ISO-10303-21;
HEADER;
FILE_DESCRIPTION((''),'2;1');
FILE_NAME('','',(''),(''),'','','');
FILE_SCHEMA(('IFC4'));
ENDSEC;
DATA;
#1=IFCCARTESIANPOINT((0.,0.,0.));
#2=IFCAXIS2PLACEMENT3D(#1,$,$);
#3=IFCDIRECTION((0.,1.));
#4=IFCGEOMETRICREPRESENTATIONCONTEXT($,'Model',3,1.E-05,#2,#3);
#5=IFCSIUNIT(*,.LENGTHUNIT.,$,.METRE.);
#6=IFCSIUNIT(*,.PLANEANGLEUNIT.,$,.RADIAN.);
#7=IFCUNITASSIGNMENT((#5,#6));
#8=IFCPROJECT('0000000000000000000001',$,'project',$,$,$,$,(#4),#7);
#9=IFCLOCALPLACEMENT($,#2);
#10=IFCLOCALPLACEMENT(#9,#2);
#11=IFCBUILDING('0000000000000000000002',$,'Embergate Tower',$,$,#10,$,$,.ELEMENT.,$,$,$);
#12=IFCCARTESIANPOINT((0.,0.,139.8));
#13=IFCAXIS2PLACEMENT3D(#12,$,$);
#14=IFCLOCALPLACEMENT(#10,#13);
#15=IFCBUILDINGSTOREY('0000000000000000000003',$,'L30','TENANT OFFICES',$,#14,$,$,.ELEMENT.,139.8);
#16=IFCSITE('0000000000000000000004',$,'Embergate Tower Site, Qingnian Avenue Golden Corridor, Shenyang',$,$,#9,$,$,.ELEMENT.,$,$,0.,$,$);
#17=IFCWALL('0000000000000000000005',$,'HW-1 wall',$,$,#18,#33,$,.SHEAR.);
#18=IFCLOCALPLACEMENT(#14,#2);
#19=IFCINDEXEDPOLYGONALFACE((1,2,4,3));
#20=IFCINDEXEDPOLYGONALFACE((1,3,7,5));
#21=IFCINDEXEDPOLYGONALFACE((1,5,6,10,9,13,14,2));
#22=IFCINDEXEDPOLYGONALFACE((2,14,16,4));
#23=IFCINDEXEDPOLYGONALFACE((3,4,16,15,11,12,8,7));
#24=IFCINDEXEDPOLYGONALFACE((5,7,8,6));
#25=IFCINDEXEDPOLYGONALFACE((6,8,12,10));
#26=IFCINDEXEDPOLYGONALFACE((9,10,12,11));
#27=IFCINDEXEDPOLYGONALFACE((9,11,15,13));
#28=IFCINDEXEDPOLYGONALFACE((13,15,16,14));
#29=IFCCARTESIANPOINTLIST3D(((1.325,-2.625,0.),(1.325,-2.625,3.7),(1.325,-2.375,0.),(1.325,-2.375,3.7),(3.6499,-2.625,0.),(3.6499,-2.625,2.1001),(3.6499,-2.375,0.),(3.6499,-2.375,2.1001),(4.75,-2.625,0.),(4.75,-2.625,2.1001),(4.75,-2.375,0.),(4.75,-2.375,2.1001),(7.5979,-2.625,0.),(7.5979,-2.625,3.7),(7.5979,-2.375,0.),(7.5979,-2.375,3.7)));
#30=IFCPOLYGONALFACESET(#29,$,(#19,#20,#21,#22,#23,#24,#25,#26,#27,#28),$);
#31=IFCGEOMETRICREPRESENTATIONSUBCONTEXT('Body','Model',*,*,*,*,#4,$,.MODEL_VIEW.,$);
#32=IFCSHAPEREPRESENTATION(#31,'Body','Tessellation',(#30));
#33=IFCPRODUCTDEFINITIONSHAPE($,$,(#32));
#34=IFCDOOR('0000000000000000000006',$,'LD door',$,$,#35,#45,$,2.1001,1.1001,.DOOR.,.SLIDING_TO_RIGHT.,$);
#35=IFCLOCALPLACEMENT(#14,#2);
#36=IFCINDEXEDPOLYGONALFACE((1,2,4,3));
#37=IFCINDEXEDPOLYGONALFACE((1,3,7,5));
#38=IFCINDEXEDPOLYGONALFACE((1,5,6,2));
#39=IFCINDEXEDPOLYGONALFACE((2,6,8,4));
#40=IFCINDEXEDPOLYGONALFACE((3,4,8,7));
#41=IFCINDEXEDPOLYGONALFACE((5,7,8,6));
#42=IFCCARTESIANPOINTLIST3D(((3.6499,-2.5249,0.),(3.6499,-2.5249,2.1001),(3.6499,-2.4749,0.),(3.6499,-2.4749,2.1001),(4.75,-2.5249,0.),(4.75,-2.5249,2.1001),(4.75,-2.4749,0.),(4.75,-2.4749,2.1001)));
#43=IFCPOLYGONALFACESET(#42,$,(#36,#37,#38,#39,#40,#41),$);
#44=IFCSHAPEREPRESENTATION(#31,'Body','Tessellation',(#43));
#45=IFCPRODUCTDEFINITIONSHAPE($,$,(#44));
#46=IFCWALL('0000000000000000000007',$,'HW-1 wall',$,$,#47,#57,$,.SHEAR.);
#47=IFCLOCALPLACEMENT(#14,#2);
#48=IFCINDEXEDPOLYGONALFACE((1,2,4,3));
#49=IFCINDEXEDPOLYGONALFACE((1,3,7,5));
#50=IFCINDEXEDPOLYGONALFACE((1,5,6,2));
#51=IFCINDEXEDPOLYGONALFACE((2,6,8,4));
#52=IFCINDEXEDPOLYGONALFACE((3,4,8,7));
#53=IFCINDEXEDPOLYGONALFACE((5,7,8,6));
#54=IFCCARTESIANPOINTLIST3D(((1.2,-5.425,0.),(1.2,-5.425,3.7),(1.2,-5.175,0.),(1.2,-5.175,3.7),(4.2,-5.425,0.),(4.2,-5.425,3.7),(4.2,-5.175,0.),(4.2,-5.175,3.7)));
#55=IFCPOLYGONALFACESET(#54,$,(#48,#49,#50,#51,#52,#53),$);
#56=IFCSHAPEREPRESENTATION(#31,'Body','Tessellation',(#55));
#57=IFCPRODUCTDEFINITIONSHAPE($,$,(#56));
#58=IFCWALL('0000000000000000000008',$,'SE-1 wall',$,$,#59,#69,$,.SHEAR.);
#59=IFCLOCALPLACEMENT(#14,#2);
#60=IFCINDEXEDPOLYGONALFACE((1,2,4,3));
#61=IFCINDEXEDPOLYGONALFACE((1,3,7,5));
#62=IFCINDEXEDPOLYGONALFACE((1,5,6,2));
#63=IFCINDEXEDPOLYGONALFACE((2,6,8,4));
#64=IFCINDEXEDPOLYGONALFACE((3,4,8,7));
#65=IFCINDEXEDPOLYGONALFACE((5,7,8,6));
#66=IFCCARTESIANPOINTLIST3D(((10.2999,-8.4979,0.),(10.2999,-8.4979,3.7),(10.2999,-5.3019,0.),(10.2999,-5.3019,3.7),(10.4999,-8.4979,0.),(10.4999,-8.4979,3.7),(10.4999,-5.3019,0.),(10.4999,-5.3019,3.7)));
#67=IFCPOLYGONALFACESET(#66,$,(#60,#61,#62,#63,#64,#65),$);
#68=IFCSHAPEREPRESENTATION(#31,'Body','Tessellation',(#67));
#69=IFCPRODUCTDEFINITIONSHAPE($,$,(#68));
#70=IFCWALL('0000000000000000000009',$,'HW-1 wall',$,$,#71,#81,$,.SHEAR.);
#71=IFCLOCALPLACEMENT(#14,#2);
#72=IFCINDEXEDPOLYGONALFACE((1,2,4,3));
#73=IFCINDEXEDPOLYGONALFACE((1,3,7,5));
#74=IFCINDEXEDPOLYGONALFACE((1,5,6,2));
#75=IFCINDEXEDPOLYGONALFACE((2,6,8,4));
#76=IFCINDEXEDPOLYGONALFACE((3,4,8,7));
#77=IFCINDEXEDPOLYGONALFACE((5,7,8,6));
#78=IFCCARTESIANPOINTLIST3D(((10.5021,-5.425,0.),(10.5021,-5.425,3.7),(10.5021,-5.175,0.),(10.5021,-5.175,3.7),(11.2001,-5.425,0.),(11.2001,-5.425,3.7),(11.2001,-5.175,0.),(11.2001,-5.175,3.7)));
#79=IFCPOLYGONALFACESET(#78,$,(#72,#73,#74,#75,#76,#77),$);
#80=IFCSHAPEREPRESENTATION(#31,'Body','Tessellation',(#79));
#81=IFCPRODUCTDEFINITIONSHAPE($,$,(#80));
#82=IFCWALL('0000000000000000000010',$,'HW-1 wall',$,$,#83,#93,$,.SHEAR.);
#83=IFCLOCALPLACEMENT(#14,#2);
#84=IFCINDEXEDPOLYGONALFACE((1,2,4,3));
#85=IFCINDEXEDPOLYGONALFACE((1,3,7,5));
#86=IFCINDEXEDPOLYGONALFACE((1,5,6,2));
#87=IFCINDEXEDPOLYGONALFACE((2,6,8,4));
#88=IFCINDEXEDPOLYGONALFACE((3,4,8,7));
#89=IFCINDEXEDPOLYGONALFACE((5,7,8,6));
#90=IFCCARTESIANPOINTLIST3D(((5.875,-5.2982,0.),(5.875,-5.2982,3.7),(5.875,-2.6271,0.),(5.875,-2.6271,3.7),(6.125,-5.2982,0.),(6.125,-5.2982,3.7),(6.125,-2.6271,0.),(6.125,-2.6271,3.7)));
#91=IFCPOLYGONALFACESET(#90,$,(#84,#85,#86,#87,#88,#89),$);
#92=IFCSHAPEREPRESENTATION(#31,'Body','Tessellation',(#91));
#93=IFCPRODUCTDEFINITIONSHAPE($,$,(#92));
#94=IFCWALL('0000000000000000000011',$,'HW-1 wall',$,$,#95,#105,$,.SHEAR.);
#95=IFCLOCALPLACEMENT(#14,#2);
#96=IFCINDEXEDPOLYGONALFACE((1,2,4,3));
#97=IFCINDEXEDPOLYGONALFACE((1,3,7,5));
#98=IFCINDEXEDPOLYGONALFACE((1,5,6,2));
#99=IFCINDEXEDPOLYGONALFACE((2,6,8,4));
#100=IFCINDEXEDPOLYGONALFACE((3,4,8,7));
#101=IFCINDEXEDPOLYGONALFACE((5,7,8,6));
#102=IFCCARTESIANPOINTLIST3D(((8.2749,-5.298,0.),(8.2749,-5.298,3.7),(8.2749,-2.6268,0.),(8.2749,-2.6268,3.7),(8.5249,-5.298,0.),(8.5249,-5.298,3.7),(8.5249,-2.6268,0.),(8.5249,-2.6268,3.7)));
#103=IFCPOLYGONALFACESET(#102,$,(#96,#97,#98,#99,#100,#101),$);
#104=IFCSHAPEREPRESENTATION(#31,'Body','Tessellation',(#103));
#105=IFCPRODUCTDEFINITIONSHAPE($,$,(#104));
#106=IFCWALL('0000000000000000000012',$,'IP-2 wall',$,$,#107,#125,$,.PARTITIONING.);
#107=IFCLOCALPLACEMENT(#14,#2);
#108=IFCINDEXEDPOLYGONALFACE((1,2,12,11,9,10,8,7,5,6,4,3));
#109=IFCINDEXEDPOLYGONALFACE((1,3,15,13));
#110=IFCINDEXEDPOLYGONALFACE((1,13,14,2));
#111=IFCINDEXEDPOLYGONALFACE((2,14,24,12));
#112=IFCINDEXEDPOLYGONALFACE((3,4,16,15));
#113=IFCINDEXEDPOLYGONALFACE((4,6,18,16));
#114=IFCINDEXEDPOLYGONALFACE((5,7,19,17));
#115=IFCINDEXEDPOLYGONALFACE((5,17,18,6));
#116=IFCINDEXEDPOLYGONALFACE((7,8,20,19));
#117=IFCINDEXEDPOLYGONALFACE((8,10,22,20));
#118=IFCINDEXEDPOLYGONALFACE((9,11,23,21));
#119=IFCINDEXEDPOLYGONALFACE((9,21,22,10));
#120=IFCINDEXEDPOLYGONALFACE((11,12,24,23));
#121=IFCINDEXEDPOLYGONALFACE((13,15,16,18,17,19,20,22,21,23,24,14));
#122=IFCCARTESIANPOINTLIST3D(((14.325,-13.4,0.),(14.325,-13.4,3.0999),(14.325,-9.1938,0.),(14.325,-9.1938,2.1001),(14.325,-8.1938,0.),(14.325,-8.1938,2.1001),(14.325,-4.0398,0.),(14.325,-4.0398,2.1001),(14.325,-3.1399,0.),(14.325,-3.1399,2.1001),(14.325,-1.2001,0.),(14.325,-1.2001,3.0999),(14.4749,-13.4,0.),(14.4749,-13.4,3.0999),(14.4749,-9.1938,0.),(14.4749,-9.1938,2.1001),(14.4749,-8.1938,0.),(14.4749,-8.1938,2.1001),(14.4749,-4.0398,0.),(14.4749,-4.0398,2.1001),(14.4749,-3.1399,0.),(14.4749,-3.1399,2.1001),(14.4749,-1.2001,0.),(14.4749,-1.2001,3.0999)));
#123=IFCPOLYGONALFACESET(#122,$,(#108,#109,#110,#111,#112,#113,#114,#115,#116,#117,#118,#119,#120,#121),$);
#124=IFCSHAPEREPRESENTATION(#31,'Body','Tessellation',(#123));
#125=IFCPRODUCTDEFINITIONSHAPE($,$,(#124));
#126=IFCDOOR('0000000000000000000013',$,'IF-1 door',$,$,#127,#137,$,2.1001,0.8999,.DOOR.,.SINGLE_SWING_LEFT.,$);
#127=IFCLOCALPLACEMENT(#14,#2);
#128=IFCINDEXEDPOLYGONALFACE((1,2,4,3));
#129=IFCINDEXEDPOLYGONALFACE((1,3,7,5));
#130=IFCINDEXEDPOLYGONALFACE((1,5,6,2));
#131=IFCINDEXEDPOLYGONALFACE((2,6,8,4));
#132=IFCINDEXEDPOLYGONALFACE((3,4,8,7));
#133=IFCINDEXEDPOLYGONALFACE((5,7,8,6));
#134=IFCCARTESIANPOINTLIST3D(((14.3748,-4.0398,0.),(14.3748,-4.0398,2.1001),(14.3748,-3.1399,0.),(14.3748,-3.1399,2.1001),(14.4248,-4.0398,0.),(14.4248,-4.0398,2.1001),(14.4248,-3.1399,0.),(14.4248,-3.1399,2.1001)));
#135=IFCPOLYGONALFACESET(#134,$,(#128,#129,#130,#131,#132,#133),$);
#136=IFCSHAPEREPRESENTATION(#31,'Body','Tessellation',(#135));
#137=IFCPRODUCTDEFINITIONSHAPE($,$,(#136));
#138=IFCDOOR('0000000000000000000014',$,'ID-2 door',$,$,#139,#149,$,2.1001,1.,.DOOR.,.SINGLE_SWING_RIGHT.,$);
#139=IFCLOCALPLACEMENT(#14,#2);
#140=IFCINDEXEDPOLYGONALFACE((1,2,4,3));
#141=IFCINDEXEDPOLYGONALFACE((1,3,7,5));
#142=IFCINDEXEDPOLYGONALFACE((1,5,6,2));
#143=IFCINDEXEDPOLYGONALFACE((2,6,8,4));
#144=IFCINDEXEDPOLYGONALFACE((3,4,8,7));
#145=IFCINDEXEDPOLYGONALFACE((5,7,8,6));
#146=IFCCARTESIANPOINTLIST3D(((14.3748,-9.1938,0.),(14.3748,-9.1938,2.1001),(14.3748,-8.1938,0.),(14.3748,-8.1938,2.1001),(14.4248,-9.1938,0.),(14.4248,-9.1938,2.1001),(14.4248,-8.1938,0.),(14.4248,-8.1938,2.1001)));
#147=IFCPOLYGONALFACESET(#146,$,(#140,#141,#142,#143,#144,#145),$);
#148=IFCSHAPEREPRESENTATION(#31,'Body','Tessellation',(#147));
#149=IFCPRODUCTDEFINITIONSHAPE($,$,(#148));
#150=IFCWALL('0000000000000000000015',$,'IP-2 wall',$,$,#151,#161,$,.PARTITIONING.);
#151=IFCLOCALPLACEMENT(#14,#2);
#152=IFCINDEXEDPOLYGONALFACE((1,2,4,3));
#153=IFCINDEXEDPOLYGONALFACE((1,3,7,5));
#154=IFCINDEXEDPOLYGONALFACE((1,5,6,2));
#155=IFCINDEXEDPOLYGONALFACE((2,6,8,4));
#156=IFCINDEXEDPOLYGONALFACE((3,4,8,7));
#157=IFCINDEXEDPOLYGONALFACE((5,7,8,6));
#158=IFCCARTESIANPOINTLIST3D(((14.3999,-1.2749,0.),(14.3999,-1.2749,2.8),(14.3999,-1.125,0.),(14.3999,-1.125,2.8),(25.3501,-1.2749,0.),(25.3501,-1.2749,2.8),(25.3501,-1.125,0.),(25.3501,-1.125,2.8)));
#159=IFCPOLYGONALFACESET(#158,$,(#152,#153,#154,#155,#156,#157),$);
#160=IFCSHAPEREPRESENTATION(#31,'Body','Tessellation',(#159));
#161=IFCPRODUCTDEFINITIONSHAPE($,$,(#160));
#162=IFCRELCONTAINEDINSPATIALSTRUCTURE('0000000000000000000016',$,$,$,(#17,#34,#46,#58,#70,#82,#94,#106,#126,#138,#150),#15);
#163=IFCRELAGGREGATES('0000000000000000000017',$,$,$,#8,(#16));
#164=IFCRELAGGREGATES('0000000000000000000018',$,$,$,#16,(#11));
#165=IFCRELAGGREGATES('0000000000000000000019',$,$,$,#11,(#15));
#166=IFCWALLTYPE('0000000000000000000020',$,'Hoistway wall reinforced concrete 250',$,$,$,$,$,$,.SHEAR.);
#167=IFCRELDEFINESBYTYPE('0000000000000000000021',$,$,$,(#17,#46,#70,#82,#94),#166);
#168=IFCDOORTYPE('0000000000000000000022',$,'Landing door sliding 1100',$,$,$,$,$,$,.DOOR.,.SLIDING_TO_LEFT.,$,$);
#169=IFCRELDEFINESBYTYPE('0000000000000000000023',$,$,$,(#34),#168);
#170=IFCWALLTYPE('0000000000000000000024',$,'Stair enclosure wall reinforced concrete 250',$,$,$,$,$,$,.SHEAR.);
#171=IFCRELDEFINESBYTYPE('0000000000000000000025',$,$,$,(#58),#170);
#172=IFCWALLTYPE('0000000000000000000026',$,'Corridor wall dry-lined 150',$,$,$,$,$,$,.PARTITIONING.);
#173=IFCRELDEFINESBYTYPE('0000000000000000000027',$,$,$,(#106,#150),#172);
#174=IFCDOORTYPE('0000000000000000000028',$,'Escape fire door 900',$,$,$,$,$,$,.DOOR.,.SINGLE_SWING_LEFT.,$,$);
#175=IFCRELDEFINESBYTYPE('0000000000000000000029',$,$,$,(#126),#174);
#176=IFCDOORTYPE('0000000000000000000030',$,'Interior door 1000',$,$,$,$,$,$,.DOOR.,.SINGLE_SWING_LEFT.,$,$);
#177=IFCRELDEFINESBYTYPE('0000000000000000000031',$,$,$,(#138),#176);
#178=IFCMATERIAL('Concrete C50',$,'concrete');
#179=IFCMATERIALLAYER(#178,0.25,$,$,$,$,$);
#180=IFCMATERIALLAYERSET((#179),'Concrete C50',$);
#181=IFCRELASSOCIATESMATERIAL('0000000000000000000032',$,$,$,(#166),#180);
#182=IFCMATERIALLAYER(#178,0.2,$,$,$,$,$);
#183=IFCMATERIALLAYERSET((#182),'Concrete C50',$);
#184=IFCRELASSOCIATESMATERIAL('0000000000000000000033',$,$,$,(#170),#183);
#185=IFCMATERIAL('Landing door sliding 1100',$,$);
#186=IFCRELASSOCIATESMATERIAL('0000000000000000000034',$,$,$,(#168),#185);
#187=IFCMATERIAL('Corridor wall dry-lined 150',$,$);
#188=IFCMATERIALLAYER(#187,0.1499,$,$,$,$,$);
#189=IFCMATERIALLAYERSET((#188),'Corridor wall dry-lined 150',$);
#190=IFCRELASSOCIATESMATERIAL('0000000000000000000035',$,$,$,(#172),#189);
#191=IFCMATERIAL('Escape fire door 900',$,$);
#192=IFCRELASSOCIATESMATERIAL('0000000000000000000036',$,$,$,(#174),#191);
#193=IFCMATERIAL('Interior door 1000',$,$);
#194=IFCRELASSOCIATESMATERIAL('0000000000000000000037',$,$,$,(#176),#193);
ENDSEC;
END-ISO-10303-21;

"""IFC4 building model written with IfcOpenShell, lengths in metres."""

from ifc_helpers import new_model, si_unit, direction, frame, frame_2d, origin, place, context, subcontext, project, spatial, rectangle, extrude, source, transform, mapped, material, layer, layer_set, type_object, element, fill, save


model = new_model("IFC4")

# Units and contexts
model_context = context("Model", 3, precision=1e-05, world=origin(), true_north=direction((0.0, 1.0)))
body_context = subcontext(model_context, "Body", "Model", "MODEL_VIEW")
ifc_project = project(units=[si_unit("LENGTHUNIT", "METRE"), si_unit("PLANEANGLEUNIT", "RADIAN")], contexts=[model_context])

# Site, building, storey
site_placement = place(None, origin())
site = spatial("IfcSite", under=ifc_project, at=site_placement, Name="Embergate Tower Site, Qingnian Avenue Golden Corridor, Shenyang", CompositionType="ELEMENT", RefElevation=0.0)
building_placement = place(site_placement, origin())
building = spatial("IfcBuilding", under=site, at=building_placement, Name="Embergate Tower", CompositionType="ELEMENT")
storey_placement = place(building_placement, frame((0.0, 0.0, 139.8)))
storey = spatial("IfcBuildingStorey", under=building, at=storey_placement, Name="L30", Description="TENANT OFFICES", CompositionType="ELEMENT", Elevation=139.8)

# Shared definitions
ifc_material_1 = material(Name="Concrete C50", Category="concrete")
ifc_layer_1 = layer(ifc_material_1, 0.25)
ifc_layer_set_1 = layer_set([ifc_layer_1], Name="Concrete C50")
wall_type_1 = type_object("IfcWallType", Name="Hoistway wall reinforced concrete 250", PredefinedType="SHEAR", material=ifc_layer_set_1)
ifc_layer_2 = layer(ifc_material_1, 0.2)
ifc_layer_set_2 = layer_set([ifc_layer_2], Name="Concrete C50")
wall_type_2 = type_object("IfcWallType", Name="Stair enclosure wall reinforced concrete 250", PredefinedType="SHEAR", material=ifc_layer_set_2)

# Wall, opening, door
shared_shape_1 = source(origin(), body_context, "Body", "SweptSolid", [
    extrude(rectangle(XDim=1.1001, YDim=2.1001, at=frame_2d((0.55, 1.05))), frame((0.0, 0.135, 0.0), z_axis=(0.0, -1.0, 0.0), x_axis=(1.0, 0.0, 0.0)), (0.0, 0.0, 1.0), 0.27),
])
ifc_material_2 = material(Name="Landing door sliding 1100")
door_type_1 = type_object("IfcDoorType", Name="Landing door sliding 1100", OperationType="SLIDING_TO_LEFT", PredefinedType="DOOR", material=ifc_material_2)
shared_shape_2 = source(origin(), body_context, "Body", "SweptSolid", [
    extrude(rectangle(XDim=1.1001, YDim=2.1001, at=frame_2d((0.55, 1.05))), frame((0.0, 0.0249, 0.0), z_axis=(0.0, -1.0, 0.0), x_axis=(1.0, 0.0, 0.0)), (0.0, 0.0, 1.0), 0.05),
])
shared_shape_3 = source(origin(), body_context, "Body", "SweptSolid", [
    extrude(rectangle(XDim=6.2729, YDim=0.25, at=frame_2d((3.1365, 0.0))), origin(), (0.0, 0.0, 1.0), 3.7),
])
wall_1_placement = place(storey_placement, frame((7.5979, -2.5, 0.0), z_axis=(0.0, 0.0, 1.0), x_axis=(-1.0, 0.0, 0.0)))
wall_1 = element("IfcWall", 1, at=wall_1_placement, inside=storey, type_object=wall_type_1, Name="HW-1 wall", PredefinedType="SHEAR", context=body_context, shape_type="MappedRepresentation", body=[
    mapped(shared_shape_3, transform((0.0, 0.0, 0.0))),
])
opening_1_placement = place(wall_1_placement, frame((2.8479, 0.0, 0.0)))
opening_1 = element("IfcOpeningElement", 2, at=opening_1_placement, cuts=wall_1, PredefinedType="OPENING", context=body_context, shape_type="MappedRepresentation", body=[
    mapped(shared_shape_1, transform((0.0, 0.0, 0.0))),
])
door_1_placement = place(opening_1_placement, origin())
door_1 = element("IfcDoor", 3, at=door_1_placement, inside=storey, type_object=door_type_1, Name="LD door", OperationType="SLIDING_TO_RIGHT", OverallHeight=2.1001, OverallWidth=1.1001, PredefinedType="DOOR", context=body_context, shape_type="MappedRepresentation", body=[
    mapped(shared_shape_2, transform((0.0, 0.0, 0.0))),
])
fill(opening_1, door_1)

# Walls
shared_shape_4 = source(origin(), body_context, "Body", "SweptSolid", [
    extrude(rectangle(XDim=3.0, YDim=0.25, at=frame_2d((1.5, 0.0))), origin(), (0.0, 0.0, 1.0), 3.7),
])
wall_2_placement = place(storey_placement, frame((1.2, -5.3, 0.0), z_axis=(0.0, 0.0, 1.0), x_axis=(1.0, 0.0, 0.0)))
element("IfcWall", 4, at=wall_2_placement, inside=storey, type_object=wall_type_1, Name="HW-1 wall", PredefinedType="SHEAR", context=body_context, shape_type="MappedRepresentation", body=[
    mapped(shared_shape_4, transform((0.0, 0.0, 0.0))),
])
shared_shape_5 = source(origin(), body_context, "Body", "SweptSolid", [
    extrude(rectangle(XDim=3.196, YDim=0.2, at=frame_2d((1.5981, 0.0))), origin(), (0.0, 0.0, 1.0), 3.7),
])
wall_3_placement = place(storey_placement, frame((10.3999, -8.498, 0.0), z_axis=(0.0, 0.0, 1.0), x_axis=(0.0, 1.0, 0.0)))
element("IfcWall", 5, at=wall_3_placement, inside=storey, type_object=wall_type_2, Name="SE-1 wall", PredefinedType="SHEAR", context=body_context, shape_type="MappedRepresentation", body=[
    mapped(shared_shape_5, transform((0.0, 0.0, 0.0))),
])
shared_shape_6 = source(origin(), body_context, "Body", "SweptSolid", [
    extrude(rectangle(XDim=0.698, YDim=0.25, at=frame_2d((0.3491, 0.0))), origin(), (0.0, 0.0, 1.0), 3.7),
])
wall_4_placement = place(storey_placement, frame((10.502, -5.3, 0.0), z_axis=(0.0, 0.0, 1.0), x_axis=(1.0, 0.0, 0.0)))
element("IfcWall", 6, at=wall_4_placement, inside=storey, type_object=wall_type_1, Name="HW-1 wall", PredefinedType="SHEAR", context=body_context, shape_type="MappedRepresentation", body=[
    mapped(shared_shape_6, transform((0.0, 0.0, 0.0))),
])
shared_shape_7 = source(origin(), body_context, "Body", "SweptSolid", [
    extrude(rectangle(XDim=2.6711, YDim=0.25, at=frame_2d((1.3354, 0.0))), origin(), (0.0, 0.0, 1.0), 3.7),
])
for number, where, z_axis, x_axis, name in (
    (7, (6.0, -5.2981, 0.0), (0.0, 0.0, 1.0), (0.0, 1.0, 0.0), "HW-1 wall"),
    (8, (8.3999, -2.627, 0.0), (0.0, 0.0, 1.0), (0.0, -1.0, 0.0), "HW-1 wall"),
):
    element("IfcWall", number, at=place(storey_placement, frame(where, z_axis=z_axis, x_axis=x_axis)), inside=storey, type_object=wall_type_1, Name=name, PredefinedType="SHEAR", context=body_context, shape_type="MappedRepresentation", body=[
        mapped(shared_shape_7, transform((0.0, 0.0, 0.0))),
    ])

# Wall, openings, doors
ifc_material_3 = material(Name="Corridor wall dry-lined 150")
ifc_layer_3 = layer(ifc_material_3, 0.1499)
ifc_layer_set_3 = layer_set([ifc_layer_3], Name="Corridor wall dry-lined 150")
wall_type_3 = type_object("IfcWallType", Name="Corridor wall dry-lined 150", PredefinedType="PARTITIONING", material=ifc_layer_set_3)
shared_shape_8 = source(origin(), body_context, "Body", "SweptSolid", [
    extrude(rectangle(XDim=12.2, YDim=0.1499, at=frame_2d((6.1001, 0.0))), origin(), (0.0, 0.0, 1.0), 3.0999),
])
wall_5_placement = place(storey_placement, frame((14.3999, -1.2, 0.0), z_axis=(0.0, 0.0, 1.0), x_axis=(0.0, -1.0, 0.0)))
wall_5 = element("IfcWall", 9, at=wall_5_placement, inside=storey, type_object=wall_type_3, Name="IP-2 wall", PredefinedType="PARTITIONING", context=body_context, shape_type="MappedRepresentation", body=[
    mapped(shared_shape_8, transform((0.0, 0.0, 0.0))),
])
shared_shape_9 = source(origin(), body_context, "Body", "SweptSolid", [
    extrude(rectangle(XDim=1.0, YDim=2.1001, at=frame_2d((0.5, 1.05))), frame((0.0, 0.085, 0.0), z_axis=(0.0, -1.0, 0.0), x_axis=(1.0, 0.0, 0.0)), (0.0, 0.0, 1.0), 0.1699),
])
opening_2_placement = place(wall_5_placement, frame((6.9939, 0.0, 0.0)))
opening_2 = element("IfcOpeningElement", 10, at=opening_2_placement, cuts=wall_5, PredefinedType="OPENING", context=body_context, shape_type="MappedRepresentation", body=[
    mapped(shared_shape_9, transform((0.0, 0.0, 0.0))),
])
shared_shape_10 = source(origin(), body_context, "Body", "SweptSolid", [
    extrude(rectangle(XDim=0.8999, YDim=2.1001, at=frame_2d((0.45, 1.05))), frame((0.0, 0.085, 0.0), z_axis=(0.0, -1.0, 0.0), x_axis=(1.0, 0.0, 0.0)), (0.0, 0.0, 1.0), 0.1699),
])
opening_3_placement = place(wall_5_placement, frame((1.9399, 0.0, 0.0)))
opening_3 = element("IfcOpeningElement", 11, at=opening_3_placement, cuts=wall_5, PredefinedType="OPENING", context=body_context, shape_type="MappedRepresentation", body=[
    mapped(shared_shape_10, transform((0.0, 0.0, 0.0))),
])
ifc_material_4 = material(Name="Escape fire door 900")
door_type_2 = type_object("IfcDoorType", Name="Escape fire door 900", OperationType="SINGLE_SWING_LEFT", PredefinedType="DOOR", material=ifc_material_4)
shared_shape_11 = source(origin(), body_context, "Body", "SweptSolid", [
    extrude(rectangle(XDim=0.8999, YDim=2.1001, at=frame_2d((0.45, 1.05))), frame((0.0, 0.0249, 0.0), z_axis=(0.0, -1.0, 0.0), x_axis=(1.0, 0.0, 0.0)), (0.0, 0.0, 1.0), 0.05),
])
door_2_placement = place(opening_3_placement, origin())
door_2 = element("IfcDoor", 12, at=door_2_placement, inside=storey, type_object=door_type_2, Name="IF-1 door", OperationType="SINGLE_SWING_LEFT", OverallHeight=2.1001, OverallWidth=0.8999, PredefinedType="DOOR", context=body_context, shape_type="MappedRepresentation", body=[
    mapped(shared_shape_11, transform((0.0, 0.0, 0.0))),
])
fill(opening_3, door_2)
ifc_material_5 = material(Name="Interior door 1000")
door_type_3 = type_object("IfcDoorType", Name="Interior door 1000", OperationType="SINGLE_SWING_LEFT", PredefinedType="DOOR", material=ifc_material_5)
shared_shape_12 = source(origin(), body_context, "Body", "SweptSolid", [
    extrude(rectangle(XDim=1.0, YDim=2.1001, at=frame_2d((0.5, 1.05))), frame((0.0, 0.0249, 0.0), z_axis=(0.0, -1.0, 0.0), x_axis=(1.0, 0.0, 0.0)), (0.0, 0.0, 1.0), 0.05),
])
door_3_placement = place(opening_2_placement, origin())
door_3 = element("IfcDoor", 13, at=door_3_placement, inside=storey, type_object=door_type_3, Name="ID-2 door", OperationType="SINGLE_SWING_RIGHT", OverallHeight=2.1001, OverallWidth=1.0, PredefinedType="DOOR", context=body_context, shape_type="MappedRepresentation", body=[
    mapped(shared_shape_12, transform((0.0, 0.0, 0.0))),
])
fill(opening_2, door_3)

# Wall
shared_shape_13 = source(origin(), body_context, "Body", "SweptSolid", [
    extrude(rectangle(XDim=10.9502, YDim=0.1499, at=frame_2d((5.4751, 0.0))), origin(), (0.0, 0.0, 1.0), 2.8),
])
wall_6_placement = place(storey_placement, frame((14.3999, -1.2, 0.0), z_axis=(0.0, 0.0, 1.0), x_axis=(1.0, 0.0, 0.0)))
element("IfcWall", 14, at=wall_6_placement, inside=storey, type_object=wall_type_3, Name="IP-2 wall", PredefinedType="PARTITIONING", context=body_context, shape_type="MappedRepresentation", body=[
    mapped(shared_shape_13, transform((0.0, 0.0, 0.0))),
])

save(model, "model.ifc")
